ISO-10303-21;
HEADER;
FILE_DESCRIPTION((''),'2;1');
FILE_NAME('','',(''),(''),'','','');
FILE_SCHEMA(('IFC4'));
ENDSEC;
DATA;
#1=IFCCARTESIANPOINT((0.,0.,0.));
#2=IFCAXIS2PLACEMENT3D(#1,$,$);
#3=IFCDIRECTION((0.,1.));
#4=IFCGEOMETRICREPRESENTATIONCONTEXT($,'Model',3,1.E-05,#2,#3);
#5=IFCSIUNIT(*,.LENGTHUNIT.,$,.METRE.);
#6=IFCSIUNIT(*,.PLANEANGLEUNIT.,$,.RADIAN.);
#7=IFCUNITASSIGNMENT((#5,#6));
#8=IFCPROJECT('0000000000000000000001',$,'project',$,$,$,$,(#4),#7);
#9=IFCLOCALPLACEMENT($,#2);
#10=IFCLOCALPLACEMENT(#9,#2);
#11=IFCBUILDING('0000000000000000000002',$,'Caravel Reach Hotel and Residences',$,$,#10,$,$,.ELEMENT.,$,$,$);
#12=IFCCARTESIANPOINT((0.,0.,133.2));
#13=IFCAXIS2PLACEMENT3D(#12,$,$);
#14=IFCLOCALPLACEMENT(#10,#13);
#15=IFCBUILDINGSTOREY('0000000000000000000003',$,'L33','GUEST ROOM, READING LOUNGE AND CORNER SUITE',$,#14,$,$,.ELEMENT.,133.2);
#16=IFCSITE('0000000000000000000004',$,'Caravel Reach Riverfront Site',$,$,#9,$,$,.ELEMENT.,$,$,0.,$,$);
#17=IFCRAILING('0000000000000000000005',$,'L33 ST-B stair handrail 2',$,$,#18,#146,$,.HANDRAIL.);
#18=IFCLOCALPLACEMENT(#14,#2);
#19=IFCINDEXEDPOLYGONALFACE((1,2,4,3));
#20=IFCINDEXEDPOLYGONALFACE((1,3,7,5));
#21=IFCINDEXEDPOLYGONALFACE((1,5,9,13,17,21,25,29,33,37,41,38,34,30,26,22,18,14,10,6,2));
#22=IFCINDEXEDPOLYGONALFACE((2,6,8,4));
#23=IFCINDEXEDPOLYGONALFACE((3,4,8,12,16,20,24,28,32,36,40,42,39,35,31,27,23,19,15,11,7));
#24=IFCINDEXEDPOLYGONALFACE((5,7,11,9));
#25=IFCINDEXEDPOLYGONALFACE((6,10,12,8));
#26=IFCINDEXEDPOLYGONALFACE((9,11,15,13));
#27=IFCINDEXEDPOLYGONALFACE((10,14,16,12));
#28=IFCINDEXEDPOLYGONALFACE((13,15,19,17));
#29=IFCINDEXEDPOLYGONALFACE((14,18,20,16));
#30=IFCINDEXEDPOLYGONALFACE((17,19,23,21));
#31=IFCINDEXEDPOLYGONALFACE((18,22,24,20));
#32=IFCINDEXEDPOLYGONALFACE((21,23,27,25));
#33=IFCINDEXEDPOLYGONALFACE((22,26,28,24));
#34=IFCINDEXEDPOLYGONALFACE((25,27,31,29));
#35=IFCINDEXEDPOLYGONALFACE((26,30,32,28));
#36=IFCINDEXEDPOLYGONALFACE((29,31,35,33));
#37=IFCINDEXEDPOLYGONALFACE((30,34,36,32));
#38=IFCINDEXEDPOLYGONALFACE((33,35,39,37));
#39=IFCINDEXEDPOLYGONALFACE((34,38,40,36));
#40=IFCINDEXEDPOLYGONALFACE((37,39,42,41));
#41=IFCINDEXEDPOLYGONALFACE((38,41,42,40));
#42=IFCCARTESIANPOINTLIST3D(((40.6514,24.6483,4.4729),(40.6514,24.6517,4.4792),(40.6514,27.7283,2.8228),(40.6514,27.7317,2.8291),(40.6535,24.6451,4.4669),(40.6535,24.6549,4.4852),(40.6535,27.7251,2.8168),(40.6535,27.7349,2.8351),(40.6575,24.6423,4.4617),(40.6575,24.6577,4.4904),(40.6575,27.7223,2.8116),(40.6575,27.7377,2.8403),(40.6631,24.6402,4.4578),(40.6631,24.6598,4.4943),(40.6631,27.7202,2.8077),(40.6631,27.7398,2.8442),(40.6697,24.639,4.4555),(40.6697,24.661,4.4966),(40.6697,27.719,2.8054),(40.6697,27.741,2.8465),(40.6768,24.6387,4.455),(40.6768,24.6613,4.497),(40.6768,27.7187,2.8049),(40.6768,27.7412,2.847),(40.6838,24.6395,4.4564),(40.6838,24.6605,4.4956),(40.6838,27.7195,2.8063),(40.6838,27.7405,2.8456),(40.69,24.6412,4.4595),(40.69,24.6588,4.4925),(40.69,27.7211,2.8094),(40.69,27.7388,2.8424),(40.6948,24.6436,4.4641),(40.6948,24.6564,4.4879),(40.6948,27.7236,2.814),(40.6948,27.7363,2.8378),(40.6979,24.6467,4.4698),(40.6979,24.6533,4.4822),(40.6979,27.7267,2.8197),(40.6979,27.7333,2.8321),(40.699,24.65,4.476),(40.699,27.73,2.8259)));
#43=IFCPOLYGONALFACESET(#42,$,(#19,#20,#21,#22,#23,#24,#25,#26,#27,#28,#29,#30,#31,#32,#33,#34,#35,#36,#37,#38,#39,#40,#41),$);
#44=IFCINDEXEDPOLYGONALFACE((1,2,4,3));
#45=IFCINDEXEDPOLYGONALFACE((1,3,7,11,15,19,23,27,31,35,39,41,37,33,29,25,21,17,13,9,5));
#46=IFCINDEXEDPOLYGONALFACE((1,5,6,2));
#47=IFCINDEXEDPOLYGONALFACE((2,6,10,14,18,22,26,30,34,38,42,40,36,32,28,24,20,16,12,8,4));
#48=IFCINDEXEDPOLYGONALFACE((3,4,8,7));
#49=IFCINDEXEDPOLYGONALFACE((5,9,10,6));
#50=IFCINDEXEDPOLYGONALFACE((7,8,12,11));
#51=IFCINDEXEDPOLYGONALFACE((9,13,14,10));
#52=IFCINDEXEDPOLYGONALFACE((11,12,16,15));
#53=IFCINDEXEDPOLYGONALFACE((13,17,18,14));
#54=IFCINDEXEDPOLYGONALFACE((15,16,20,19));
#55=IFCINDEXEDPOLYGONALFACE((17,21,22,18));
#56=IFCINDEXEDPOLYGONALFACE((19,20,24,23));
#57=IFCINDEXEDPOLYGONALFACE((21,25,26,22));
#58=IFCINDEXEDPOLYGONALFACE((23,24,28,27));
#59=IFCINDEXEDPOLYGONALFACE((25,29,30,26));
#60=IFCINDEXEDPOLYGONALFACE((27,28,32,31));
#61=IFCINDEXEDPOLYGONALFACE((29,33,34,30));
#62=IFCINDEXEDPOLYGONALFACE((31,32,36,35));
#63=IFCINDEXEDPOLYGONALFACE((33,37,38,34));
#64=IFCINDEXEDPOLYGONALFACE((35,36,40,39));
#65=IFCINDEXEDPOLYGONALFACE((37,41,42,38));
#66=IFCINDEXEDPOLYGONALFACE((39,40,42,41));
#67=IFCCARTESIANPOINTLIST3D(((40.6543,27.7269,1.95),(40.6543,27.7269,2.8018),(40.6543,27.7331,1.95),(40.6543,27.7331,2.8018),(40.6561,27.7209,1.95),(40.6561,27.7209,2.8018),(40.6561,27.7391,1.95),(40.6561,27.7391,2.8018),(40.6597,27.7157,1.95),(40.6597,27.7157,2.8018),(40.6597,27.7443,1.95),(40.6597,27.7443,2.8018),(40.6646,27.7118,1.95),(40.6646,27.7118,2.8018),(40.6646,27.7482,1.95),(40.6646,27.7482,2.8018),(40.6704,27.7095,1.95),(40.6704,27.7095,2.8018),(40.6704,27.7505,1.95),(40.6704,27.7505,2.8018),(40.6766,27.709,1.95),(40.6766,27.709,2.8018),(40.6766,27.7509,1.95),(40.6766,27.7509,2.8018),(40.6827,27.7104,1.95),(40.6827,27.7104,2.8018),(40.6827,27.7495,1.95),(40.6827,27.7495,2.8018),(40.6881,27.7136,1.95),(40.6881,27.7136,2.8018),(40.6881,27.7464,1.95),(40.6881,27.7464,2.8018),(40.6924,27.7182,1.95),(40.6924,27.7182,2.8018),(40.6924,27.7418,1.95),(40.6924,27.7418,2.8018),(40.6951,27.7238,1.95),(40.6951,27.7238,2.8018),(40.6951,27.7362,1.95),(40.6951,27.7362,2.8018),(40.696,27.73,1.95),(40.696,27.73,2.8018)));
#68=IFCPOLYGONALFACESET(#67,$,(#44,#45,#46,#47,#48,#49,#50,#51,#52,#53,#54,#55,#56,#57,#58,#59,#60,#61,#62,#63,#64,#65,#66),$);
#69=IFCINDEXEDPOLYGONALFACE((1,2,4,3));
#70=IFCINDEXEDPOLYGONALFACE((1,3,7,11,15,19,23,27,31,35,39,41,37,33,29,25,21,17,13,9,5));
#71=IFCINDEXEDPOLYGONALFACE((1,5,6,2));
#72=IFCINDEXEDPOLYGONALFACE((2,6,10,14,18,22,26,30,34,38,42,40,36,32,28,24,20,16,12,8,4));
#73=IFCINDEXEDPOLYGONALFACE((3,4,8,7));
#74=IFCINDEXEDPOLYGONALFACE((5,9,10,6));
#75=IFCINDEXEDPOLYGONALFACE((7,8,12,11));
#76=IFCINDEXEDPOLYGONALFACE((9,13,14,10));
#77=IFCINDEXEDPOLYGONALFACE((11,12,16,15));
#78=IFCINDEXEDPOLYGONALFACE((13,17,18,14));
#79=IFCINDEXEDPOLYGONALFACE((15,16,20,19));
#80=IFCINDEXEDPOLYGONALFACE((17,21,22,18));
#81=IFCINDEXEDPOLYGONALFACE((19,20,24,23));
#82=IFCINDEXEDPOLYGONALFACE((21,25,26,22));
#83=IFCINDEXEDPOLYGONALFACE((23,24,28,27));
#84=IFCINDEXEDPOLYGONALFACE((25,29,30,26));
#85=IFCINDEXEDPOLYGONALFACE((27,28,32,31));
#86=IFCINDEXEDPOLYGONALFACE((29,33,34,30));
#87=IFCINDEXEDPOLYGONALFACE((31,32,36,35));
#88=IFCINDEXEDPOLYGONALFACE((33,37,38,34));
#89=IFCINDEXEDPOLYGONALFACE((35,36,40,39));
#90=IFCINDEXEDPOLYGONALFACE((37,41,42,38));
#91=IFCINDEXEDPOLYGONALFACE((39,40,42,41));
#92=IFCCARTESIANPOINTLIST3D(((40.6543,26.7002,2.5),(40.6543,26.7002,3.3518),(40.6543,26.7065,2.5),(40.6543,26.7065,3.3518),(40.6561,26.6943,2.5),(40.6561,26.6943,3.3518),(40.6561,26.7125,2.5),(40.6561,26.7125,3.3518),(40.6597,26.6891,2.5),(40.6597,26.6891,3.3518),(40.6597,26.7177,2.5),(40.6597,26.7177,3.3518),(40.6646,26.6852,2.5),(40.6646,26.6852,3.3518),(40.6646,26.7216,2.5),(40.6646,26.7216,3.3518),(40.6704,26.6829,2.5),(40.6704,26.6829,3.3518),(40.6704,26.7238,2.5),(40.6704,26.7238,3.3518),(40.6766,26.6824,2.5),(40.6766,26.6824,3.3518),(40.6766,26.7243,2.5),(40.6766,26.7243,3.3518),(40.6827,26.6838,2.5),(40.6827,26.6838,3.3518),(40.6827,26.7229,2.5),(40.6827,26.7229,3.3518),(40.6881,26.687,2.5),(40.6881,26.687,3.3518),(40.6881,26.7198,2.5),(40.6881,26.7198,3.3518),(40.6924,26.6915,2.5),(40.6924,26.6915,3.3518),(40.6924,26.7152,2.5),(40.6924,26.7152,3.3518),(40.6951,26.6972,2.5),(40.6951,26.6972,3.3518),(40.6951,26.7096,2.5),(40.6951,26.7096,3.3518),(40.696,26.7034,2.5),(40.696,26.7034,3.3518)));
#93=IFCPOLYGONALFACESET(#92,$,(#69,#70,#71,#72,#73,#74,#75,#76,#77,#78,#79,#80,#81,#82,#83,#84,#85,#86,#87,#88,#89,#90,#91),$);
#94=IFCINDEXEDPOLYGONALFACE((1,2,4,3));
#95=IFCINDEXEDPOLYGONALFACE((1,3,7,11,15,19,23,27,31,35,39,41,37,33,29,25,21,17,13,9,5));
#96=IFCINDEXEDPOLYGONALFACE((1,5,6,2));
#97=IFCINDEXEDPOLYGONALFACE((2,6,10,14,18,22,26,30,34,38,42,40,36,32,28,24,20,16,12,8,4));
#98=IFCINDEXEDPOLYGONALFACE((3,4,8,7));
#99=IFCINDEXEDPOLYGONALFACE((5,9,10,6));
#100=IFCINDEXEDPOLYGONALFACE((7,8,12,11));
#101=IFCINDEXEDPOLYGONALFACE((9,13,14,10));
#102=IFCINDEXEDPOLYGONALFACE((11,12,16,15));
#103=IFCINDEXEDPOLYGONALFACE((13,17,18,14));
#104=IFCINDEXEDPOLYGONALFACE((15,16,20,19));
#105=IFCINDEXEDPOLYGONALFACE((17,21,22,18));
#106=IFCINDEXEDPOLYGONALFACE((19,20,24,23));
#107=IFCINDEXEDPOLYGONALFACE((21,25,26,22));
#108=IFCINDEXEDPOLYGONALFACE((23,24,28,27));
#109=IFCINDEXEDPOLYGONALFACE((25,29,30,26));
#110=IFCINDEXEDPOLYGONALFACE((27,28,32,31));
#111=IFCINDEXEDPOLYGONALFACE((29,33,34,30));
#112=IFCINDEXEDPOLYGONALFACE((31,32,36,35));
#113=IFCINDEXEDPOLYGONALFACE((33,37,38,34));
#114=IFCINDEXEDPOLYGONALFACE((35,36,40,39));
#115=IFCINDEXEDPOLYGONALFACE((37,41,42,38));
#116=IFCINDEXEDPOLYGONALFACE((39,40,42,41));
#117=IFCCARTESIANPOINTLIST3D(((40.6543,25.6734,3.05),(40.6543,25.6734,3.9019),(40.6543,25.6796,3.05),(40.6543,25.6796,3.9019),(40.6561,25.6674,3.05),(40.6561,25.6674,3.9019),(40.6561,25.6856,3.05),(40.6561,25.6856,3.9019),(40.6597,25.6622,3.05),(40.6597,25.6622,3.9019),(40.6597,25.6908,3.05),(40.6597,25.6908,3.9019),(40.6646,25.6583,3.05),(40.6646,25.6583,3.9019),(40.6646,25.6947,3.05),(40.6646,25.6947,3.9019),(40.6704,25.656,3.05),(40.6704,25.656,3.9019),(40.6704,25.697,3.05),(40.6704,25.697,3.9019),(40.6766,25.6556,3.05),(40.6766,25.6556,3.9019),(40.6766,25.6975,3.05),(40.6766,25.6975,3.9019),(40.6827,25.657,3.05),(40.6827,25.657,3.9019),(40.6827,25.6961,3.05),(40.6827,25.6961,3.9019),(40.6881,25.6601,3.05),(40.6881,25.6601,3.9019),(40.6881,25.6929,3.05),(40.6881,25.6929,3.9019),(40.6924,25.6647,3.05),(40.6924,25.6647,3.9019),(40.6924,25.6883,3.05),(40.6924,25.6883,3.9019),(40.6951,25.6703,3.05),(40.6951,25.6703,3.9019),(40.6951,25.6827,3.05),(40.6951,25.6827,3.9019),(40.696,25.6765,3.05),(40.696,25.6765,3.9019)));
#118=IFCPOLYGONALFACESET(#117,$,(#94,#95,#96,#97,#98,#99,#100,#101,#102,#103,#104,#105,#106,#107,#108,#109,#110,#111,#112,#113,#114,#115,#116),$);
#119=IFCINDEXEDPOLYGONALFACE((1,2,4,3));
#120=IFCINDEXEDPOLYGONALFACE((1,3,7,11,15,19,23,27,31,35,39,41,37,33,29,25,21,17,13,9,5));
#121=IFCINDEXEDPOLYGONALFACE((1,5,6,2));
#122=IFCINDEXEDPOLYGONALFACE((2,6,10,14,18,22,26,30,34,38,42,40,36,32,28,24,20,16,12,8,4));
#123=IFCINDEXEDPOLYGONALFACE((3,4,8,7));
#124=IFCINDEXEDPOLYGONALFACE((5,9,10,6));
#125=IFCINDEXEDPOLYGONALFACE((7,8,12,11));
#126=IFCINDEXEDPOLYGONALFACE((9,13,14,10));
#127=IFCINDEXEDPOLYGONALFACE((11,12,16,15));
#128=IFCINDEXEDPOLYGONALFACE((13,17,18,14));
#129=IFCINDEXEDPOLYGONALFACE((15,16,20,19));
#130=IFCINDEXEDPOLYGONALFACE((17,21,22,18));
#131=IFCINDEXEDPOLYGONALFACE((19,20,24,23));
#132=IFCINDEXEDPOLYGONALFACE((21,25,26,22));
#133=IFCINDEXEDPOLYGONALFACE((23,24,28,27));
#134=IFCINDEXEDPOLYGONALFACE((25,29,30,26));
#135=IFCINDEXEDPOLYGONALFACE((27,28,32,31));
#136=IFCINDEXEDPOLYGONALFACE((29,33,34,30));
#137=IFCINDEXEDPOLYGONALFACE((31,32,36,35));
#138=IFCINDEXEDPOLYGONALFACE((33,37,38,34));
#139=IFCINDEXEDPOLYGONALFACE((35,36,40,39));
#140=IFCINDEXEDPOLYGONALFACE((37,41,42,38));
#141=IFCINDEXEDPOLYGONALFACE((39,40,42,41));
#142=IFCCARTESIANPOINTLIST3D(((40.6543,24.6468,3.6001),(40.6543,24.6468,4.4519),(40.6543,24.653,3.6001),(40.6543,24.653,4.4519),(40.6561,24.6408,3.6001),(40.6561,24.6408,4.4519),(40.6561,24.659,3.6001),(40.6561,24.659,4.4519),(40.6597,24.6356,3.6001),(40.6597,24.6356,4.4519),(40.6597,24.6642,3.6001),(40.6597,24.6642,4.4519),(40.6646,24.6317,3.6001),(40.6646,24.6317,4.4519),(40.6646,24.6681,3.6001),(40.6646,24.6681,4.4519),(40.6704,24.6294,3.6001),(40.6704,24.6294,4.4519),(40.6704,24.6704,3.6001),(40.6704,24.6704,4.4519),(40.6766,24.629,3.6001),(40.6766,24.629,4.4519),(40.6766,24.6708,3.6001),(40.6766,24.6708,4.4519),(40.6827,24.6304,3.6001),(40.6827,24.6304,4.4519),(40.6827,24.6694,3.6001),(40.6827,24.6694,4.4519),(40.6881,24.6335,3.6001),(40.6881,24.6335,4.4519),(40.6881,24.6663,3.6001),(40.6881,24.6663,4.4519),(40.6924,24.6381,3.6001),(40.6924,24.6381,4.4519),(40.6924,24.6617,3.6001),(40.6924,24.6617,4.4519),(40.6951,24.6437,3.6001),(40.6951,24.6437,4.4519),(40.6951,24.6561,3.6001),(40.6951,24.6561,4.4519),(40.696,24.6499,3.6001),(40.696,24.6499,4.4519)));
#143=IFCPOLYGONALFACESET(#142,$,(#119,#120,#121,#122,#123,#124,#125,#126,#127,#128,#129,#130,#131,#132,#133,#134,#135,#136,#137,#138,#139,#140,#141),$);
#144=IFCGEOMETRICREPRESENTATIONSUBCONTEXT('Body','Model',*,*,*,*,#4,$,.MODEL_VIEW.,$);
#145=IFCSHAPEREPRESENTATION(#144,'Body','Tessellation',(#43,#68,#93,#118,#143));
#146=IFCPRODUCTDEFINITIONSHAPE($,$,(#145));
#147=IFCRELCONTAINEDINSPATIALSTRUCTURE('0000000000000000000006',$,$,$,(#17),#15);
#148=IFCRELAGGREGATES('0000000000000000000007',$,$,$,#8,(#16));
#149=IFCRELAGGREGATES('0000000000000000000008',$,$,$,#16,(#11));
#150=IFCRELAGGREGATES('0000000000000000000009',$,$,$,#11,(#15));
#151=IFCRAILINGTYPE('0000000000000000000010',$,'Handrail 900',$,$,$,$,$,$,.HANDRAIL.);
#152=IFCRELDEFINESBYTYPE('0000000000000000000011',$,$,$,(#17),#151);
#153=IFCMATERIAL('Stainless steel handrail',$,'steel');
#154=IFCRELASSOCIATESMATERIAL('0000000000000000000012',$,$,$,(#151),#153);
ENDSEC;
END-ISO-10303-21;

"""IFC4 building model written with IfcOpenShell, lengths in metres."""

from ifc_helpers import new_model, si_unit, direction, frame, origin, origin_2d, place, context, subcontext, project, spatial, circle, extrude, material, type_object, element, save


model = new_model("IFC4")

# Units and contexts
model_context = context("Model", 3, precision=1e-05, world=origin(), true_north=direction((0.0, 1.0)))
body_context = subcontext(model_context, "Body", "Model", "MODEL_VIEW")
ifc_project = project(units=[si_unit("LENGTHUNIT", "METRE"), si_unit("PLANEANGLEUNIT", "RADIAN")], contexts=[model_context])

# Site, building, storey
site_placement = place(None, origin())
site = spatial("IfcSite", under=ifc_project, at=site_placement, Name="Caravel Reach Riverfront Site", CompositionType="ELEMENT", RefElevation=0.0)
building_placement = place(site_placement, origin())
building = spatial("IfcBuilding", under=site, at=building_placement, Name="Caravel Reach Hotel and Residences", CompositionType="ELEMENT")
storey_placement = place(building_placement, frame((0.0, 0.0, 133.2)))
storey = spatial("IfcBuildingStorey", under=building, at=storey_placement, Name="L33", Description="GUEST ROOM, READING LOUNGE AND CORNER SUITE", CompositionType="ELEMENT", Elevation=133.2)

# Railing
ifc_material_1 = material(Name="Stainless steel handrail", Category="steel")
railing_type_1 = type_object("IfcRailingType", Name="Handrail 900", PredefinedType="HANDRAIL", material=ifc_material_1)
railing_1_placement = place(storey_placement, frame((40.675, 27.73, 1.95)))
element("IfcRailing", 1, at=railing_1_placement, inside=storey, type_object=railing_type_1, Name="L33 ST-B stair handrail 2", PredefinedType="HANDRAIL", context=body_context, shape_type="SweptSolid", body=[
    extrude(circle(Radius=0.0239, at=origin_2d()), frame((0.0, 0.0, 0.876), z_axis=(0.0, -0.881468, 0.472245), x_axis=(1.0, 0.0, 0.0)), (0.0, 0.0, 1.0), 3.4941),
    extrude(circle(Radius=0.021, at=origin_2d()), origin(), (0.0, 0.0, 1.0), 0.8518),
    extrude(circle(Radius=0.021, at=origin_2d()), frame((0.0, -1.0266, 0.55)), (0.0, 0.0, 1.0), 0.8518),
    extrude(circle(Radius=0.021, at=origin_2d()), frame((0.0, -2.0535, 1.1001)), (0.0, 0.0, 1.0), 0.8518),
    extrude(circle(Radius=0.021, at=origin_2d()), frame((0.0, -3.0801, 1.6501)), (0.0, 0.0, 1.0), 0.8518),
])

save(model, "model.ifc")
